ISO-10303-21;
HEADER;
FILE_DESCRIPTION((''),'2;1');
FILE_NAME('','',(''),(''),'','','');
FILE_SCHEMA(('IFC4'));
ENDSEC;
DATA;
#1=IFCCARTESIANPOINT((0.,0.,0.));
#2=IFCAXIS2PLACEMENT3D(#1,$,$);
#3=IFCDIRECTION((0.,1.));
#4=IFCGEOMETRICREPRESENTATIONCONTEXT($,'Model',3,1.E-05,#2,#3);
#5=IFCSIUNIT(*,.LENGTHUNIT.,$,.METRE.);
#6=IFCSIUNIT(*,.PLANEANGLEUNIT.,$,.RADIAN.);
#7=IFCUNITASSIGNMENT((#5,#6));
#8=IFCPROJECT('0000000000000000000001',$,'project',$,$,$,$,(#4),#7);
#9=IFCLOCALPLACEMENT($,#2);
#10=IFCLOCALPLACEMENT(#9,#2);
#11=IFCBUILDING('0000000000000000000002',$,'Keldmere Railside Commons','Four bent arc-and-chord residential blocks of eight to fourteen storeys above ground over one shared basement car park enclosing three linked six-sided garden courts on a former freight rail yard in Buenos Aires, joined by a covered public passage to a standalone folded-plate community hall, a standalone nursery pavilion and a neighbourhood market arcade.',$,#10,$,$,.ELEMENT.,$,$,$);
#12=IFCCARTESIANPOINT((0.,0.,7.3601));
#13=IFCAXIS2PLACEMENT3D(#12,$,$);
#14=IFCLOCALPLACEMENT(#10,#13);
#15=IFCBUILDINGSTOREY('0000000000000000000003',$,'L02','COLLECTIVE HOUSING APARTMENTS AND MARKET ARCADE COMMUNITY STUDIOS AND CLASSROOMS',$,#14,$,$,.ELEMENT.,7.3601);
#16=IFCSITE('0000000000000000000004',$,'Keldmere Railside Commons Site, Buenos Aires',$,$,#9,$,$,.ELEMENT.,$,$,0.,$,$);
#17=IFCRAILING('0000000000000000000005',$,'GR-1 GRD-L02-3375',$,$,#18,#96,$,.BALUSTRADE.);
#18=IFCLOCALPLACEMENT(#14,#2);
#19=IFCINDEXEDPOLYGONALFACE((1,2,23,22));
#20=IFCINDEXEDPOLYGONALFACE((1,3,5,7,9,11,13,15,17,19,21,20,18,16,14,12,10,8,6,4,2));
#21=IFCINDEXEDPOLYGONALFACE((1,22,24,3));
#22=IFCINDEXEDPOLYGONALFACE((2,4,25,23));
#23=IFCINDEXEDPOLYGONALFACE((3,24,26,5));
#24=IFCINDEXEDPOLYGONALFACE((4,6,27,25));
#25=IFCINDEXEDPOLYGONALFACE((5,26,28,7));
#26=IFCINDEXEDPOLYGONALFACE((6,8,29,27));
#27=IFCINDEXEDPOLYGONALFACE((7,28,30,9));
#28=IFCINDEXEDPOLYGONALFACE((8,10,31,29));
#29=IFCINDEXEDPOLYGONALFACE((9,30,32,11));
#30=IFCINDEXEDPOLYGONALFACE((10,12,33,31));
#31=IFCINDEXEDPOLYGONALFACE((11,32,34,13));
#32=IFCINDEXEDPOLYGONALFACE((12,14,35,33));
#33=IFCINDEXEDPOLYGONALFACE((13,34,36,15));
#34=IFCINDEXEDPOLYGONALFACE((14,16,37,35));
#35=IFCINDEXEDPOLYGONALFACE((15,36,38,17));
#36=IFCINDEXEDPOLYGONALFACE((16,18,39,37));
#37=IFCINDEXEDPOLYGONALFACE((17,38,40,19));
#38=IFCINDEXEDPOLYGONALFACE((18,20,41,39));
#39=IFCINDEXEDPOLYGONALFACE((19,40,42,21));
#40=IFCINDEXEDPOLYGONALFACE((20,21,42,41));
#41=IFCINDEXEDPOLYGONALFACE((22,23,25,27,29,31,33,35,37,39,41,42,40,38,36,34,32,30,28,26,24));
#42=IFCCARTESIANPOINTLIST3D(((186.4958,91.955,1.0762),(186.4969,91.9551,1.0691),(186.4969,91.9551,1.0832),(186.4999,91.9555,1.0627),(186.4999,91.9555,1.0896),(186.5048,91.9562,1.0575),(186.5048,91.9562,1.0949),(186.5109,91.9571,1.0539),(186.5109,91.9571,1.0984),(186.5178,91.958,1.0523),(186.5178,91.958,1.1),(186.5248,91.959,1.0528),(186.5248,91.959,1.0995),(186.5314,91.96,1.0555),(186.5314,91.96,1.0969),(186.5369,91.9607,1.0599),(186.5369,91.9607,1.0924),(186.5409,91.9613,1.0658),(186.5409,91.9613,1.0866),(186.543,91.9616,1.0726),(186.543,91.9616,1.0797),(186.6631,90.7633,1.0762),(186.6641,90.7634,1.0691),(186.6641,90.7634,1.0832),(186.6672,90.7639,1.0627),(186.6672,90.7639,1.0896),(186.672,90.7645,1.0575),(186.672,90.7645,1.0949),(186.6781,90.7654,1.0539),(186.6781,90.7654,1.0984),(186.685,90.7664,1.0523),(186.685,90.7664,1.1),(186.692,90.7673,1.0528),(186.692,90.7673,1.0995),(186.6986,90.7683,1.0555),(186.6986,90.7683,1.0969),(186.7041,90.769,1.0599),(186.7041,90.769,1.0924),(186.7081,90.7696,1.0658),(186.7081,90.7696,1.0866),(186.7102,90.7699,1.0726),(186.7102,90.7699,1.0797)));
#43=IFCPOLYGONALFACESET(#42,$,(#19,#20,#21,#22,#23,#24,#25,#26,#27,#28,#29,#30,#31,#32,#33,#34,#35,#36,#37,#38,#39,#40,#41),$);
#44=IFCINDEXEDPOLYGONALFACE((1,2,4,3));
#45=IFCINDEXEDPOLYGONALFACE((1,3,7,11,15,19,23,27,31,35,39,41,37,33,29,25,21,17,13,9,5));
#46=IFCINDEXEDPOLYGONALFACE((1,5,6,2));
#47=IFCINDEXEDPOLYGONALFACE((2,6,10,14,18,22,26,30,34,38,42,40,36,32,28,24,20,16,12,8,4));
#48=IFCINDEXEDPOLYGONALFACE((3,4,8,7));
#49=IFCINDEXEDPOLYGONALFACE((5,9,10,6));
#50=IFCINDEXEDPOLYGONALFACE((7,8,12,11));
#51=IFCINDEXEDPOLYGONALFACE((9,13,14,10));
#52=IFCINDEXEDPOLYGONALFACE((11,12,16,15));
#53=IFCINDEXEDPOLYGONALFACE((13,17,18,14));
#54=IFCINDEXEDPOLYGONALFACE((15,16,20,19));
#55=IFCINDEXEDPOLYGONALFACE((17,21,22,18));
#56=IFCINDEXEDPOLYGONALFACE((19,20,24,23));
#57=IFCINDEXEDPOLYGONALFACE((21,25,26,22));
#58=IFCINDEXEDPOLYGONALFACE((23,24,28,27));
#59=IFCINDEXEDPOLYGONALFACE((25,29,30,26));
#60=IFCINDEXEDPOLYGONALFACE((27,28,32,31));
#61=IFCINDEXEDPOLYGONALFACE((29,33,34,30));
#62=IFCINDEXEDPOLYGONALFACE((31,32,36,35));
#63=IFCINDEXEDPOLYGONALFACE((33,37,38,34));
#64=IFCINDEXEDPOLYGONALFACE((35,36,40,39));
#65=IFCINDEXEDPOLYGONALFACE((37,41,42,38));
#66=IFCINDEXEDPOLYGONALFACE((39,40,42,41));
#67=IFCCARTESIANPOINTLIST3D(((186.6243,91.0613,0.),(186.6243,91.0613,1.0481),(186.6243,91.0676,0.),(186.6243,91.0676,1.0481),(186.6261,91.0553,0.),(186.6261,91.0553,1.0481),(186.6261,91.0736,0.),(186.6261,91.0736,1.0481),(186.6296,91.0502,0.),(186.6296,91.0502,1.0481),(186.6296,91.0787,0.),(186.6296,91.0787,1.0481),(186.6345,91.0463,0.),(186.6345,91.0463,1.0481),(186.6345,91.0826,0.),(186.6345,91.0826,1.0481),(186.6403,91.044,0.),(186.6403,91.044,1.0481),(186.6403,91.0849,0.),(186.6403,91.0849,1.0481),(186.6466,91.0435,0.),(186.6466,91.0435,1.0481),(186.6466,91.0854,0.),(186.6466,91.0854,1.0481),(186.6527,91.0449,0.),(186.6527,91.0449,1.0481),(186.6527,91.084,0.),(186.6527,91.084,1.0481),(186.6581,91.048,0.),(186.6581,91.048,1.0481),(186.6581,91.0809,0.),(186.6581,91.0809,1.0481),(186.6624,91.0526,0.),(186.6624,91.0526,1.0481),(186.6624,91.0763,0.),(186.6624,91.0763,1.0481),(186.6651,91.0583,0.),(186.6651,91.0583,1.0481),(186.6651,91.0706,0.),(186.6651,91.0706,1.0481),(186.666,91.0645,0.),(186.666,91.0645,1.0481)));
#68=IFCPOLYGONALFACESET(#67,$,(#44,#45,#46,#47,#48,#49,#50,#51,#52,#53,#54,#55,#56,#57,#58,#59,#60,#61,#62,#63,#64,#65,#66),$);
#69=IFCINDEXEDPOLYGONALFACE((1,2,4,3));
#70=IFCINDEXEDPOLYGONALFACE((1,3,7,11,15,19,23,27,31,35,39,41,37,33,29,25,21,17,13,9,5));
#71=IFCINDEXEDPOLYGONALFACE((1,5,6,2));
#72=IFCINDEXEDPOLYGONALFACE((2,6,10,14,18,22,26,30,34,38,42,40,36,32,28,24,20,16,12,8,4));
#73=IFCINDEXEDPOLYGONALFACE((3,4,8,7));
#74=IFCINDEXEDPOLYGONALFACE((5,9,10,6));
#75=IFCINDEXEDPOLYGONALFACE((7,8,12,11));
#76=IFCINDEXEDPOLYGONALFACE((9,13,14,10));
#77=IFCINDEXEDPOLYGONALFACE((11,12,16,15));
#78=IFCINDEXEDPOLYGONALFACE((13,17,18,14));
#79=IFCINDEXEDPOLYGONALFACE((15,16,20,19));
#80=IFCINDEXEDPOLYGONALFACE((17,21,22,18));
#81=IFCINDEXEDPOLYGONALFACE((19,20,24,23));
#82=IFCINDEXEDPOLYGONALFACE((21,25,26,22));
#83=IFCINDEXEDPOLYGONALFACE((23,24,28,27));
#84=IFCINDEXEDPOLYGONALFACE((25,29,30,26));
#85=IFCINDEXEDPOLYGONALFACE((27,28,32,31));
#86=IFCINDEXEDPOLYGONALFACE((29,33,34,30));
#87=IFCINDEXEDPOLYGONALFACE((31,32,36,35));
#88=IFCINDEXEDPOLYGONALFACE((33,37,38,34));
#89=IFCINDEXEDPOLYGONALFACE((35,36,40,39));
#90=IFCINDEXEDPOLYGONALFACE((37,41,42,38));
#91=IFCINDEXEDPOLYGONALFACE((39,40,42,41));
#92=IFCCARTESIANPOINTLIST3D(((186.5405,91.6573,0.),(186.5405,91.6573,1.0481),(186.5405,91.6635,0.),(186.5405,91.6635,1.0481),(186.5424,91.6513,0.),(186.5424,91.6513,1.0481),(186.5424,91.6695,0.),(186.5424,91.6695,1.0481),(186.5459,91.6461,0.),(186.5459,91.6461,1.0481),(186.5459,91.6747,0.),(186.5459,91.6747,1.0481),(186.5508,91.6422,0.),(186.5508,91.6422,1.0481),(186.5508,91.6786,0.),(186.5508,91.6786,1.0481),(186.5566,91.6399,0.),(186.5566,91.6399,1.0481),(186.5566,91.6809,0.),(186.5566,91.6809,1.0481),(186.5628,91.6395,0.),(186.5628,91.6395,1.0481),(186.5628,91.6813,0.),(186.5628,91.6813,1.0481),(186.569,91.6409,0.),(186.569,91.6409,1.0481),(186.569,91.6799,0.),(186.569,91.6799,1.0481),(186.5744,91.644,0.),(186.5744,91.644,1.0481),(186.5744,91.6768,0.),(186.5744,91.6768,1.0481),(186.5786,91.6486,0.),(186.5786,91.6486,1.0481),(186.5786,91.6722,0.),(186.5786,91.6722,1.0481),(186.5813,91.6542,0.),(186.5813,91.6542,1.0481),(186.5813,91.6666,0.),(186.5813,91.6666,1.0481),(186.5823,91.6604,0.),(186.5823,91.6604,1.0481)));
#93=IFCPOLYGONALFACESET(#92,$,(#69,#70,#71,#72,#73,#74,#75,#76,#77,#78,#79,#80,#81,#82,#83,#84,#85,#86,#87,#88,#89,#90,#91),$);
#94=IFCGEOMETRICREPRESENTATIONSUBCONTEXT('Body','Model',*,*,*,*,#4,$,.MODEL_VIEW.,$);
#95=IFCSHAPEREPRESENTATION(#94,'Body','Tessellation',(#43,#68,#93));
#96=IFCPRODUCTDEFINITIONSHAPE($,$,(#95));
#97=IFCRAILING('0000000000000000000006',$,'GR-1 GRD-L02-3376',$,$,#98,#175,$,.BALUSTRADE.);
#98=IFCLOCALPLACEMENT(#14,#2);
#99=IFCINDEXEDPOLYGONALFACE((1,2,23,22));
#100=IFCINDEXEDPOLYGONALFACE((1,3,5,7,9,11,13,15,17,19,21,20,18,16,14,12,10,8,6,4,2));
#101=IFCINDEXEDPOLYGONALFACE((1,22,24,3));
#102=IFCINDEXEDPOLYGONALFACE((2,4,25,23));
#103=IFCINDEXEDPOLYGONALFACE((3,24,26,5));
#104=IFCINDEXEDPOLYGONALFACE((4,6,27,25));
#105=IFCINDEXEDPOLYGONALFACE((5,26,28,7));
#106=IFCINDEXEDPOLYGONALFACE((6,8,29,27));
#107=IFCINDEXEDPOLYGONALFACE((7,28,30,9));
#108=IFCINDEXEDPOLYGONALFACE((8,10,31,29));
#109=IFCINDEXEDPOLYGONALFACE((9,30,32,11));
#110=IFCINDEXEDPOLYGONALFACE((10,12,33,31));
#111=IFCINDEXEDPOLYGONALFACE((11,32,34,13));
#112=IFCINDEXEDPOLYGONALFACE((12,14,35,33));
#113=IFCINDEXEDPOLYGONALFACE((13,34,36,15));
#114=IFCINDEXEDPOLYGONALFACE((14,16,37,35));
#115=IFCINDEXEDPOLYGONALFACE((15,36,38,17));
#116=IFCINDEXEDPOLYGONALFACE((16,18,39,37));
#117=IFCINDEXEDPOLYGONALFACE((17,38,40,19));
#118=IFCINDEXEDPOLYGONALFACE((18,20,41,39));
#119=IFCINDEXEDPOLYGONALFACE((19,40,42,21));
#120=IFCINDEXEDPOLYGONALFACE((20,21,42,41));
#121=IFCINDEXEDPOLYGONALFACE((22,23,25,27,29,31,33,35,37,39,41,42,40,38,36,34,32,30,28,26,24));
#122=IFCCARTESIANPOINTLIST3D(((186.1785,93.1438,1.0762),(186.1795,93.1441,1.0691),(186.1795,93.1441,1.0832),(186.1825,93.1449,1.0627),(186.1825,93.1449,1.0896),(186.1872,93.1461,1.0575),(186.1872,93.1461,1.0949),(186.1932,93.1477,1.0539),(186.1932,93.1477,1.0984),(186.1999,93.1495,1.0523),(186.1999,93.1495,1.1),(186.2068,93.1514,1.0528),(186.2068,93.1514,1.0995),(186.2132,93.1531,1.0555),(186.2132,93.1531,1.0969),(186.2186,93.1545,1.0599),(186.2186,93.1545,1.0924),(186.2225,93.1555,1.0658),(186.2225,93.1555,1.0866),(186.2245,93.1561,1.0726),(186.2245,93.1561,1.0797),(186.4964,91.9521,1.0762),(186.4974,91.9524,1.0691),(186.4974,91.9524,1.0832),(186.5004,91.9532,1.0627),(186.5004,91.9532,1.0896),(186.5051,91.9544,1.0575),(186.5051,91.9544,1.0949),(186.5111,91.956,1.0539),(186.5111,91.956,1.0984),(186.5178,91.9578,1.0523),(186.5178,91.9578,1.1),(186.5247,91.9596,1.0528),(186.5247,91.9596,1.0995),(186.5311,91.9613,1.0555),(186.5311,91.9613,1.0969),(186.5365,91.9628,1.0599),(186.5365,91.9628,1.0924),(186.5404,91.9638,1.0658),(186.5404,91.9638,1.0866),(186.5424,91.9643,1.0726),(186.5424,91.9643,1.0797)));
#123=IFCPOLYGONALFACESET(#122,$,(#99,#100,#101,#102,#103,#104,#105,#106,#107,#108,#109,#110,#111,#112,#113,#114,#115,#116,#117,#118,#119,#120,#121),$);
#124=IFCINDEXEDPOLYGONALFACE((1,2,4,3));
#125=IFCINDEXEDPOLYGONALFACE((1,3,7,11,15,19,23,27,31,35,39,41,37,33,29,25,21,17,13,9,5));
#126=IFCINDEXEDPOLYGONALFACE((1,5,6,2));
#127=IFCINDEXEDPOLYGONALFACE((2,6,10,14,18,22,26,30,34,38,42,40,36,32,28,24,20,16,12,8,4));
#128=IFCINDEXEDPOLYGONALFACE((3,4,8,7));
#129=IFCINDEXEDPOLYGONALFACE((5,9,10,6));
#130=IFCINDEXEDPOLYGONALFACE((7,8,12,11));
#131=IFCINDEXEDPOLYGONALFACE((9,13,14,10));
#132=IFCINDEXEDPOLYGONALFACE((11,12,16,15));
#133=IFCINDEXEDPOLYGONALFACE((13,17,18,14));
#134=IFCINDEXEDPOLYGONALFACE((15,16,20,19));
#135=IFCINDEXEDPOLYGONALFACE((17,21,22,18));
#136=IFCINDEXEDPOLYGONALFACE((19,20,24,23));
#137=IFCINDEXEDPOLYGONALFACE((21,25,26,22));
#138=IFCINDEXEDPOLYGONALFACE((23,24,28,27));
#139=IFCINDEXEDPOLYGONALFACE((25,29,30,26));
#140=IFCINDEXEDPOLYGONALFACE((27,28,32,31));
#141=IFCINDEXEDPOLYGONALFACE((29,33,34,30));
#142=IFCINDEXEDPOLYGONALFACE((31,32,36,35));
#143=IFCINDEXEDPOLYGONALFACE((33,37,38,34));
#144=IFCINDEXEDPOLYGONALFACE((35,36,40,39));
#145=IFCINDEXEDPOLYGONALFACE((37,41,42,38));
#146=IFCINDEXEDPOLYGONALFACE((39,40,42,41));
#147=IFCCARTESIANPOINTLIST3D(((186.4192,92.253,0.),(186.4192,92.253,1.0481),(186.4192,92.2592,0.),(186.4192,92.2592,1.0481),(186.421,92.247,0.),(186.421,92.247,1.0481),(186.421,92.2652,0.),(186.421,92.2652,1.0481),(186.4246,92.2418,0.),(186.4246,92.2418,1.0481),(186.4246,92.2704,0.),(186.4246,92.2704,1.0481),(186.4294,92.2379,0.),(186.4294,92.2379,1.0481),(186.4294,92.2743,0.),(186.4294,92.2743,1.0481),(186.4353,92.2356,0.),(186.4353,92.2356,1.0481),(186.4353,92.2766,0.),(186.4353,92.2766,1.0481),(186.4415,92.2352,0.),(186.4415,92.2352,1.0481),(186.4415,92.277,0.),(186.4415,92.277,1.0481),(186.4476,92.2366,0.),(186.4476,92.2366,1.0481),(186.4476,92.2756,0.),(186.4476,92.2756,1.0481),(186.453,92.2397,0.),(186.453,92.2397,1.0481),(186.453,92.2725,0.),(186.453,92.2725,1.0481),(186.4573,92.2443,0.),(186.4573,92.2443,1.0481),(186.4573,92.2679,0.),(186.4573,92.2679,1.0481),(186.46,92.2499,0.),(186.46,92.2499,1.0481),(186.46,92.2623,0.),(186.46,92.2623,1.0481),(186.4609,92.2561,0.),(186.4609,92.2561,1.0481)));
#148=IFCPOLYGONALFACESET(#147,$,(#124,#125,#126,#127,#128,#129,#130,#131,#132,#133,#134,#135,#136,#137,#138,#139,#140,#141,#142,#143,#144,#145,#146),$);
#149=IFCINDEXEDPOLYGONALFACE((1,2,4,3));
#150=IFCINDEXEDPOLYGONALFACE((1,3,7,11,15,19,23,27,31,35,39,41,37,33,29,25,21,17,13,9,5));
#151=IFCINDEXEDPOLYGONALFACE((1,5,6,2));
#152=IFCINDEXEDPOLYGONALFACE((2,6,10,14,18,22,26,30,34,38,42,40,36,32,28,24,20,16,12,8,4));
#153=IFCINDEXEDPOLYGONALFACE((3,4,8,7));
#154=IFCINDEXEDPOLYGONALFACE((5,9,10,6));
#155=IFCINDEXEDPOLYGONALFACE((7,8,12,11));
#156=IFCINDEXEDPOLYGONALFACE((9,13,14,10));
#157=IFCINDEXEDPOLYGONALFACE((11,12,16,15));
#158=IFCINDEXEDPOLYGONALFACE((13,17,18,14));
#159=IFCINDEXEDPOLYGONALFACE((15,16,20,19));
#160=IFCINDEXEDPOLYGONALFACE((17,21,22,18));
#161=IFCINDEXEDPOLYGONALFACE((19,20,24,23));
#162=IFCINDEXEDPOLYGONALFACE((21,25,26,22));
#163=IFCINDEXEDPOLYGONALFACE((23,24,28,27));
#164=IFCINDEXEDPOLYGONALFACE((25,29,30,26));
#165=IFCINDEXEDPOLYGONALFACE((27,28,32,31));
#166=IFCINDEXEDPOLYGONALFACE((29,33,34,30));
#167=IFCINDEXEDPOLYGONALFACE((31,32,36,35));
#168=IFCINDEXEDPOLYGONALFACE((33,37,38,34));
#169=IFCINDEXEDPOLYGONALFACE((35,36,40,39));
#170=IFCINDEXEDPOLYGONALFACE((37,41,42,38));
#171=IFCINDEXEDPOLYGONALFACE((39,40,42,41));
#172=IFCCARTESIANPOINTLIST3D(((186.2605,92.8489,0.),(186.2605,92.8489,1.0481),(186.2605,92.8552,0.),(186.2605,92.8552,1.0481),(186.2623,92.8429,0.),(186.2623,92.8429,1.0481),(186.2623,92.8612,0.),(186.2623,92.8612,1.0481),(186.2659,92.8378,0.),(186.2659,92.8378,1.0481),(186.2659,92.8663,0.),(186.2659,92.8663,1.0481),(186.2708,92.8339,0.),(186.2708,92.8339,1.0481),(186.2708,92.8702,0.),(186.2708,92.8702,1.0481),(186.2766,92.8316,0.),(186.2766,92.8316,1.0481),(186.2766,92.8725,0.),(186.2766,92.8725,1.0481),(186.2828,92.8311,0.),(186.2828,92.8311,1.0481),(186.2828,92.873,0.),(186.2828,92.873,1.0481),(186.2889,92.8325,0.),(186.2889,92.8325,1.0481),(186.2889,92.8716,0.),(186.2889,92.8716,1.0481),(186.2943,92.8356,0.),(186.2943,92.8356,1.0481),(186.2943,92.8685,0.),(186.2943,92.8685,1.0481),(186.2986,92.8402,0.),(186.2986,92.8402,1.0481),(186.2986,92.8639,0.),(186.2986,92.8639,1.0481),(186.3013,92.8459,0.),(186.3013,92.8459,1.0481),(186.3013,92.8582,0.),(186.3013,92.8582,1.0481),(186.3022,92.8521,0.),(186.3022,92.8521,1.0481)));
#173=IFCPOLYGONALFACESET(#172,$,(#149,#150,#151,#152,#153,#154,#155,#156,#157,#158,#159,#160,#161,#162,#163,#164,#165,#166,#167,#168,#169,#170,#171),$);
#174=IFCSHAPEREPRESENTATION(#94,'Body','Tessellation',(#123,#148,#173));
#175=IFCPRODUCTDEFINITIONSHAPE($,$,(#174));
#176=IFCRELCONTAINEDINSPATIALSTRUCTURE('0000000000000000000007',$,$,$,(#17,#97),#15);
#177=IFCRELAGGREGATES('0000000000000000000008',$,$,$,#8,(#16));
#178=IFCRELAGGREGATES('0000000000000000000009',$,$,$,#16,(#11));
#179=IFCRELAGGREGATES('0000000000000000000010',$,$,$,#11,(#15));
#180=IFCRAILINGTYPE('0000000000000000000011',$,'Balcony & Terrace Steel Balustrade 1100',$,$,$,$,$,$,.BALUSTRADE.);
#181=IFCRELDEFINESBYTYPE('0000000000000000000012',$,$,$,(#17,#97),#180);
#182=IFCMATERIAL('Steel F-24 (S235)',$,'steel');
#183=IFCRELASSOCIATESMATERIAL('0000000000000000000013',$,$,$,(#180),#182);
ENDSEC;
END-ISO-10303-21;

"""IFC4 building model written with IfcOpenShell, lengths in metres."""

from ifc_helpers import new_model, si_unit, direction, frame, origin, origin_2d, place, context, subcontext, project, spatial, circle, extrude, material, type_object, element, save


model = new_model("IFC4")

# Units and contexts
model_context = context("Model", 3, precision=1e-05, world=origin(), true_north=direction((0.0, 1.0)))
body_context = subcontext(model_context, "Body", "Model", "MODEL_VIEW")
ifc_project = project(units=[si_unit("LENGTHUNIT", "METRE"), si_unit("PLANEANGLEUNIT", "RADIAN")], contexts=[model_context])

# Site, building, storey
site_placement = place(None, origin())
site = spatial("IfcSite", under=ifc_project, at=site_placement, Name="Keldmere Railside Commons Site, Buenos Aires", CompositionType="ELEMENT", RefElevation=0.0)
building_placement = place(site_placement, origin())
building = spatial("IfcBuilding", under=site, at=building_placement, Name="Keldmere Railside Commons", Description="Four bent arc-and-chord residential blocks of eight to fourteen storeys above ground over one shared basement car park enclosing three linked six-sided garden courts on a former freight rail yard in Buenos Aires, joined by a covered public passage to a standalone folded-plate community hall, a standalone nursery pavilion and a neighbourhood market arcade.", CompositionType="ELEMENT")
storey_placement = place(building_placement, frame((0.0, 0.0, 7.3601)))
storey = spatial("IfcBuildingStorey", under=building, at=storey_placement, Name="L02", Description="COLLECTIVE HOUSING APARTMENTS AND MARKET ARCADE COMMUNITY STUDIOS AND CLASSROOMS", CompositionType="ELEMENT", Elevation=7.3601)

# Railings
ifc_material_1 = material(Name="Steel F-24 (S235)", Category="steel")
railing_type = type_object("IfcRailingType", Name="Balcony & Terrace Steel Balustrade 1100", PredefinedType="BALUSTRADE", material=ifc_material_1)
railing_1_placement = place(storey_placement, frame((186.6868, 90.7666, 0.0)))
element("IfcRailing", 1, at=railing_1_placement, inside=storey, type_object=railing_type, Name="GR-1 GRD-L02-3375", PredefinedType="BALUSTRADE", context=body_context, shape_type="SweptSolid", body=[
    extrude(circle(Radius=0.0239, at=origin_2d()), frame((0.0, 0.0, 1.0762), z_axis=(-0.138978, 0.990295, 0.0), x_axis=(-0.990295, -0.138978, 0.0)), (0.0, 0.0, 1.0), 1.2034),
    extrude(circle(Radius=0.021, at=origin_2d()), frame((-0.0417, 0.2979, 0.0)), (0.0, 0.0, 1.0), 1.0481),
    extrude(circle(Radius=0.021, at=origin_2d()), frame((-0.1255, 0.8938, 0.0)), (0.0, 0.0, 1.0), 1.0481),
])
railing_2_placement = place(storey_placement, frame((186.5195, 91.9583, 0.0)))
element("IfcRailing", 2, at=railing_2_placement, inside=storey, type_object=railing_type, Name="GR-1 GRD-L02-3376", PredefinedType="BALUSTRADE", context=body_context, shape_type="SweptSolid", body=[
    extrude(circle(Radius=0.0239, at=origin_2d()), frame((0.0, 0.0, 1.0762), z_axis=(-0.257737, 0.966215, 0.0), x_axis=(-0.966215, -0.257737, 0.0)), (0.0, 0.0, 1.0), 1.2334),
    extrude(circle(Radius=0.021, at=origin_2d()), frame((-0.0796, 0.2979, 0.0)), (0.0, 0.0, 1.0), 1.0481),
    extrude(circle(Radius=0.021, at=origin_2d()), frame((-0.2383, 0.8938, 0.0)), (0.0, 0.0, 1.0), 1.0481),
])

save(model, "model.ifc")
